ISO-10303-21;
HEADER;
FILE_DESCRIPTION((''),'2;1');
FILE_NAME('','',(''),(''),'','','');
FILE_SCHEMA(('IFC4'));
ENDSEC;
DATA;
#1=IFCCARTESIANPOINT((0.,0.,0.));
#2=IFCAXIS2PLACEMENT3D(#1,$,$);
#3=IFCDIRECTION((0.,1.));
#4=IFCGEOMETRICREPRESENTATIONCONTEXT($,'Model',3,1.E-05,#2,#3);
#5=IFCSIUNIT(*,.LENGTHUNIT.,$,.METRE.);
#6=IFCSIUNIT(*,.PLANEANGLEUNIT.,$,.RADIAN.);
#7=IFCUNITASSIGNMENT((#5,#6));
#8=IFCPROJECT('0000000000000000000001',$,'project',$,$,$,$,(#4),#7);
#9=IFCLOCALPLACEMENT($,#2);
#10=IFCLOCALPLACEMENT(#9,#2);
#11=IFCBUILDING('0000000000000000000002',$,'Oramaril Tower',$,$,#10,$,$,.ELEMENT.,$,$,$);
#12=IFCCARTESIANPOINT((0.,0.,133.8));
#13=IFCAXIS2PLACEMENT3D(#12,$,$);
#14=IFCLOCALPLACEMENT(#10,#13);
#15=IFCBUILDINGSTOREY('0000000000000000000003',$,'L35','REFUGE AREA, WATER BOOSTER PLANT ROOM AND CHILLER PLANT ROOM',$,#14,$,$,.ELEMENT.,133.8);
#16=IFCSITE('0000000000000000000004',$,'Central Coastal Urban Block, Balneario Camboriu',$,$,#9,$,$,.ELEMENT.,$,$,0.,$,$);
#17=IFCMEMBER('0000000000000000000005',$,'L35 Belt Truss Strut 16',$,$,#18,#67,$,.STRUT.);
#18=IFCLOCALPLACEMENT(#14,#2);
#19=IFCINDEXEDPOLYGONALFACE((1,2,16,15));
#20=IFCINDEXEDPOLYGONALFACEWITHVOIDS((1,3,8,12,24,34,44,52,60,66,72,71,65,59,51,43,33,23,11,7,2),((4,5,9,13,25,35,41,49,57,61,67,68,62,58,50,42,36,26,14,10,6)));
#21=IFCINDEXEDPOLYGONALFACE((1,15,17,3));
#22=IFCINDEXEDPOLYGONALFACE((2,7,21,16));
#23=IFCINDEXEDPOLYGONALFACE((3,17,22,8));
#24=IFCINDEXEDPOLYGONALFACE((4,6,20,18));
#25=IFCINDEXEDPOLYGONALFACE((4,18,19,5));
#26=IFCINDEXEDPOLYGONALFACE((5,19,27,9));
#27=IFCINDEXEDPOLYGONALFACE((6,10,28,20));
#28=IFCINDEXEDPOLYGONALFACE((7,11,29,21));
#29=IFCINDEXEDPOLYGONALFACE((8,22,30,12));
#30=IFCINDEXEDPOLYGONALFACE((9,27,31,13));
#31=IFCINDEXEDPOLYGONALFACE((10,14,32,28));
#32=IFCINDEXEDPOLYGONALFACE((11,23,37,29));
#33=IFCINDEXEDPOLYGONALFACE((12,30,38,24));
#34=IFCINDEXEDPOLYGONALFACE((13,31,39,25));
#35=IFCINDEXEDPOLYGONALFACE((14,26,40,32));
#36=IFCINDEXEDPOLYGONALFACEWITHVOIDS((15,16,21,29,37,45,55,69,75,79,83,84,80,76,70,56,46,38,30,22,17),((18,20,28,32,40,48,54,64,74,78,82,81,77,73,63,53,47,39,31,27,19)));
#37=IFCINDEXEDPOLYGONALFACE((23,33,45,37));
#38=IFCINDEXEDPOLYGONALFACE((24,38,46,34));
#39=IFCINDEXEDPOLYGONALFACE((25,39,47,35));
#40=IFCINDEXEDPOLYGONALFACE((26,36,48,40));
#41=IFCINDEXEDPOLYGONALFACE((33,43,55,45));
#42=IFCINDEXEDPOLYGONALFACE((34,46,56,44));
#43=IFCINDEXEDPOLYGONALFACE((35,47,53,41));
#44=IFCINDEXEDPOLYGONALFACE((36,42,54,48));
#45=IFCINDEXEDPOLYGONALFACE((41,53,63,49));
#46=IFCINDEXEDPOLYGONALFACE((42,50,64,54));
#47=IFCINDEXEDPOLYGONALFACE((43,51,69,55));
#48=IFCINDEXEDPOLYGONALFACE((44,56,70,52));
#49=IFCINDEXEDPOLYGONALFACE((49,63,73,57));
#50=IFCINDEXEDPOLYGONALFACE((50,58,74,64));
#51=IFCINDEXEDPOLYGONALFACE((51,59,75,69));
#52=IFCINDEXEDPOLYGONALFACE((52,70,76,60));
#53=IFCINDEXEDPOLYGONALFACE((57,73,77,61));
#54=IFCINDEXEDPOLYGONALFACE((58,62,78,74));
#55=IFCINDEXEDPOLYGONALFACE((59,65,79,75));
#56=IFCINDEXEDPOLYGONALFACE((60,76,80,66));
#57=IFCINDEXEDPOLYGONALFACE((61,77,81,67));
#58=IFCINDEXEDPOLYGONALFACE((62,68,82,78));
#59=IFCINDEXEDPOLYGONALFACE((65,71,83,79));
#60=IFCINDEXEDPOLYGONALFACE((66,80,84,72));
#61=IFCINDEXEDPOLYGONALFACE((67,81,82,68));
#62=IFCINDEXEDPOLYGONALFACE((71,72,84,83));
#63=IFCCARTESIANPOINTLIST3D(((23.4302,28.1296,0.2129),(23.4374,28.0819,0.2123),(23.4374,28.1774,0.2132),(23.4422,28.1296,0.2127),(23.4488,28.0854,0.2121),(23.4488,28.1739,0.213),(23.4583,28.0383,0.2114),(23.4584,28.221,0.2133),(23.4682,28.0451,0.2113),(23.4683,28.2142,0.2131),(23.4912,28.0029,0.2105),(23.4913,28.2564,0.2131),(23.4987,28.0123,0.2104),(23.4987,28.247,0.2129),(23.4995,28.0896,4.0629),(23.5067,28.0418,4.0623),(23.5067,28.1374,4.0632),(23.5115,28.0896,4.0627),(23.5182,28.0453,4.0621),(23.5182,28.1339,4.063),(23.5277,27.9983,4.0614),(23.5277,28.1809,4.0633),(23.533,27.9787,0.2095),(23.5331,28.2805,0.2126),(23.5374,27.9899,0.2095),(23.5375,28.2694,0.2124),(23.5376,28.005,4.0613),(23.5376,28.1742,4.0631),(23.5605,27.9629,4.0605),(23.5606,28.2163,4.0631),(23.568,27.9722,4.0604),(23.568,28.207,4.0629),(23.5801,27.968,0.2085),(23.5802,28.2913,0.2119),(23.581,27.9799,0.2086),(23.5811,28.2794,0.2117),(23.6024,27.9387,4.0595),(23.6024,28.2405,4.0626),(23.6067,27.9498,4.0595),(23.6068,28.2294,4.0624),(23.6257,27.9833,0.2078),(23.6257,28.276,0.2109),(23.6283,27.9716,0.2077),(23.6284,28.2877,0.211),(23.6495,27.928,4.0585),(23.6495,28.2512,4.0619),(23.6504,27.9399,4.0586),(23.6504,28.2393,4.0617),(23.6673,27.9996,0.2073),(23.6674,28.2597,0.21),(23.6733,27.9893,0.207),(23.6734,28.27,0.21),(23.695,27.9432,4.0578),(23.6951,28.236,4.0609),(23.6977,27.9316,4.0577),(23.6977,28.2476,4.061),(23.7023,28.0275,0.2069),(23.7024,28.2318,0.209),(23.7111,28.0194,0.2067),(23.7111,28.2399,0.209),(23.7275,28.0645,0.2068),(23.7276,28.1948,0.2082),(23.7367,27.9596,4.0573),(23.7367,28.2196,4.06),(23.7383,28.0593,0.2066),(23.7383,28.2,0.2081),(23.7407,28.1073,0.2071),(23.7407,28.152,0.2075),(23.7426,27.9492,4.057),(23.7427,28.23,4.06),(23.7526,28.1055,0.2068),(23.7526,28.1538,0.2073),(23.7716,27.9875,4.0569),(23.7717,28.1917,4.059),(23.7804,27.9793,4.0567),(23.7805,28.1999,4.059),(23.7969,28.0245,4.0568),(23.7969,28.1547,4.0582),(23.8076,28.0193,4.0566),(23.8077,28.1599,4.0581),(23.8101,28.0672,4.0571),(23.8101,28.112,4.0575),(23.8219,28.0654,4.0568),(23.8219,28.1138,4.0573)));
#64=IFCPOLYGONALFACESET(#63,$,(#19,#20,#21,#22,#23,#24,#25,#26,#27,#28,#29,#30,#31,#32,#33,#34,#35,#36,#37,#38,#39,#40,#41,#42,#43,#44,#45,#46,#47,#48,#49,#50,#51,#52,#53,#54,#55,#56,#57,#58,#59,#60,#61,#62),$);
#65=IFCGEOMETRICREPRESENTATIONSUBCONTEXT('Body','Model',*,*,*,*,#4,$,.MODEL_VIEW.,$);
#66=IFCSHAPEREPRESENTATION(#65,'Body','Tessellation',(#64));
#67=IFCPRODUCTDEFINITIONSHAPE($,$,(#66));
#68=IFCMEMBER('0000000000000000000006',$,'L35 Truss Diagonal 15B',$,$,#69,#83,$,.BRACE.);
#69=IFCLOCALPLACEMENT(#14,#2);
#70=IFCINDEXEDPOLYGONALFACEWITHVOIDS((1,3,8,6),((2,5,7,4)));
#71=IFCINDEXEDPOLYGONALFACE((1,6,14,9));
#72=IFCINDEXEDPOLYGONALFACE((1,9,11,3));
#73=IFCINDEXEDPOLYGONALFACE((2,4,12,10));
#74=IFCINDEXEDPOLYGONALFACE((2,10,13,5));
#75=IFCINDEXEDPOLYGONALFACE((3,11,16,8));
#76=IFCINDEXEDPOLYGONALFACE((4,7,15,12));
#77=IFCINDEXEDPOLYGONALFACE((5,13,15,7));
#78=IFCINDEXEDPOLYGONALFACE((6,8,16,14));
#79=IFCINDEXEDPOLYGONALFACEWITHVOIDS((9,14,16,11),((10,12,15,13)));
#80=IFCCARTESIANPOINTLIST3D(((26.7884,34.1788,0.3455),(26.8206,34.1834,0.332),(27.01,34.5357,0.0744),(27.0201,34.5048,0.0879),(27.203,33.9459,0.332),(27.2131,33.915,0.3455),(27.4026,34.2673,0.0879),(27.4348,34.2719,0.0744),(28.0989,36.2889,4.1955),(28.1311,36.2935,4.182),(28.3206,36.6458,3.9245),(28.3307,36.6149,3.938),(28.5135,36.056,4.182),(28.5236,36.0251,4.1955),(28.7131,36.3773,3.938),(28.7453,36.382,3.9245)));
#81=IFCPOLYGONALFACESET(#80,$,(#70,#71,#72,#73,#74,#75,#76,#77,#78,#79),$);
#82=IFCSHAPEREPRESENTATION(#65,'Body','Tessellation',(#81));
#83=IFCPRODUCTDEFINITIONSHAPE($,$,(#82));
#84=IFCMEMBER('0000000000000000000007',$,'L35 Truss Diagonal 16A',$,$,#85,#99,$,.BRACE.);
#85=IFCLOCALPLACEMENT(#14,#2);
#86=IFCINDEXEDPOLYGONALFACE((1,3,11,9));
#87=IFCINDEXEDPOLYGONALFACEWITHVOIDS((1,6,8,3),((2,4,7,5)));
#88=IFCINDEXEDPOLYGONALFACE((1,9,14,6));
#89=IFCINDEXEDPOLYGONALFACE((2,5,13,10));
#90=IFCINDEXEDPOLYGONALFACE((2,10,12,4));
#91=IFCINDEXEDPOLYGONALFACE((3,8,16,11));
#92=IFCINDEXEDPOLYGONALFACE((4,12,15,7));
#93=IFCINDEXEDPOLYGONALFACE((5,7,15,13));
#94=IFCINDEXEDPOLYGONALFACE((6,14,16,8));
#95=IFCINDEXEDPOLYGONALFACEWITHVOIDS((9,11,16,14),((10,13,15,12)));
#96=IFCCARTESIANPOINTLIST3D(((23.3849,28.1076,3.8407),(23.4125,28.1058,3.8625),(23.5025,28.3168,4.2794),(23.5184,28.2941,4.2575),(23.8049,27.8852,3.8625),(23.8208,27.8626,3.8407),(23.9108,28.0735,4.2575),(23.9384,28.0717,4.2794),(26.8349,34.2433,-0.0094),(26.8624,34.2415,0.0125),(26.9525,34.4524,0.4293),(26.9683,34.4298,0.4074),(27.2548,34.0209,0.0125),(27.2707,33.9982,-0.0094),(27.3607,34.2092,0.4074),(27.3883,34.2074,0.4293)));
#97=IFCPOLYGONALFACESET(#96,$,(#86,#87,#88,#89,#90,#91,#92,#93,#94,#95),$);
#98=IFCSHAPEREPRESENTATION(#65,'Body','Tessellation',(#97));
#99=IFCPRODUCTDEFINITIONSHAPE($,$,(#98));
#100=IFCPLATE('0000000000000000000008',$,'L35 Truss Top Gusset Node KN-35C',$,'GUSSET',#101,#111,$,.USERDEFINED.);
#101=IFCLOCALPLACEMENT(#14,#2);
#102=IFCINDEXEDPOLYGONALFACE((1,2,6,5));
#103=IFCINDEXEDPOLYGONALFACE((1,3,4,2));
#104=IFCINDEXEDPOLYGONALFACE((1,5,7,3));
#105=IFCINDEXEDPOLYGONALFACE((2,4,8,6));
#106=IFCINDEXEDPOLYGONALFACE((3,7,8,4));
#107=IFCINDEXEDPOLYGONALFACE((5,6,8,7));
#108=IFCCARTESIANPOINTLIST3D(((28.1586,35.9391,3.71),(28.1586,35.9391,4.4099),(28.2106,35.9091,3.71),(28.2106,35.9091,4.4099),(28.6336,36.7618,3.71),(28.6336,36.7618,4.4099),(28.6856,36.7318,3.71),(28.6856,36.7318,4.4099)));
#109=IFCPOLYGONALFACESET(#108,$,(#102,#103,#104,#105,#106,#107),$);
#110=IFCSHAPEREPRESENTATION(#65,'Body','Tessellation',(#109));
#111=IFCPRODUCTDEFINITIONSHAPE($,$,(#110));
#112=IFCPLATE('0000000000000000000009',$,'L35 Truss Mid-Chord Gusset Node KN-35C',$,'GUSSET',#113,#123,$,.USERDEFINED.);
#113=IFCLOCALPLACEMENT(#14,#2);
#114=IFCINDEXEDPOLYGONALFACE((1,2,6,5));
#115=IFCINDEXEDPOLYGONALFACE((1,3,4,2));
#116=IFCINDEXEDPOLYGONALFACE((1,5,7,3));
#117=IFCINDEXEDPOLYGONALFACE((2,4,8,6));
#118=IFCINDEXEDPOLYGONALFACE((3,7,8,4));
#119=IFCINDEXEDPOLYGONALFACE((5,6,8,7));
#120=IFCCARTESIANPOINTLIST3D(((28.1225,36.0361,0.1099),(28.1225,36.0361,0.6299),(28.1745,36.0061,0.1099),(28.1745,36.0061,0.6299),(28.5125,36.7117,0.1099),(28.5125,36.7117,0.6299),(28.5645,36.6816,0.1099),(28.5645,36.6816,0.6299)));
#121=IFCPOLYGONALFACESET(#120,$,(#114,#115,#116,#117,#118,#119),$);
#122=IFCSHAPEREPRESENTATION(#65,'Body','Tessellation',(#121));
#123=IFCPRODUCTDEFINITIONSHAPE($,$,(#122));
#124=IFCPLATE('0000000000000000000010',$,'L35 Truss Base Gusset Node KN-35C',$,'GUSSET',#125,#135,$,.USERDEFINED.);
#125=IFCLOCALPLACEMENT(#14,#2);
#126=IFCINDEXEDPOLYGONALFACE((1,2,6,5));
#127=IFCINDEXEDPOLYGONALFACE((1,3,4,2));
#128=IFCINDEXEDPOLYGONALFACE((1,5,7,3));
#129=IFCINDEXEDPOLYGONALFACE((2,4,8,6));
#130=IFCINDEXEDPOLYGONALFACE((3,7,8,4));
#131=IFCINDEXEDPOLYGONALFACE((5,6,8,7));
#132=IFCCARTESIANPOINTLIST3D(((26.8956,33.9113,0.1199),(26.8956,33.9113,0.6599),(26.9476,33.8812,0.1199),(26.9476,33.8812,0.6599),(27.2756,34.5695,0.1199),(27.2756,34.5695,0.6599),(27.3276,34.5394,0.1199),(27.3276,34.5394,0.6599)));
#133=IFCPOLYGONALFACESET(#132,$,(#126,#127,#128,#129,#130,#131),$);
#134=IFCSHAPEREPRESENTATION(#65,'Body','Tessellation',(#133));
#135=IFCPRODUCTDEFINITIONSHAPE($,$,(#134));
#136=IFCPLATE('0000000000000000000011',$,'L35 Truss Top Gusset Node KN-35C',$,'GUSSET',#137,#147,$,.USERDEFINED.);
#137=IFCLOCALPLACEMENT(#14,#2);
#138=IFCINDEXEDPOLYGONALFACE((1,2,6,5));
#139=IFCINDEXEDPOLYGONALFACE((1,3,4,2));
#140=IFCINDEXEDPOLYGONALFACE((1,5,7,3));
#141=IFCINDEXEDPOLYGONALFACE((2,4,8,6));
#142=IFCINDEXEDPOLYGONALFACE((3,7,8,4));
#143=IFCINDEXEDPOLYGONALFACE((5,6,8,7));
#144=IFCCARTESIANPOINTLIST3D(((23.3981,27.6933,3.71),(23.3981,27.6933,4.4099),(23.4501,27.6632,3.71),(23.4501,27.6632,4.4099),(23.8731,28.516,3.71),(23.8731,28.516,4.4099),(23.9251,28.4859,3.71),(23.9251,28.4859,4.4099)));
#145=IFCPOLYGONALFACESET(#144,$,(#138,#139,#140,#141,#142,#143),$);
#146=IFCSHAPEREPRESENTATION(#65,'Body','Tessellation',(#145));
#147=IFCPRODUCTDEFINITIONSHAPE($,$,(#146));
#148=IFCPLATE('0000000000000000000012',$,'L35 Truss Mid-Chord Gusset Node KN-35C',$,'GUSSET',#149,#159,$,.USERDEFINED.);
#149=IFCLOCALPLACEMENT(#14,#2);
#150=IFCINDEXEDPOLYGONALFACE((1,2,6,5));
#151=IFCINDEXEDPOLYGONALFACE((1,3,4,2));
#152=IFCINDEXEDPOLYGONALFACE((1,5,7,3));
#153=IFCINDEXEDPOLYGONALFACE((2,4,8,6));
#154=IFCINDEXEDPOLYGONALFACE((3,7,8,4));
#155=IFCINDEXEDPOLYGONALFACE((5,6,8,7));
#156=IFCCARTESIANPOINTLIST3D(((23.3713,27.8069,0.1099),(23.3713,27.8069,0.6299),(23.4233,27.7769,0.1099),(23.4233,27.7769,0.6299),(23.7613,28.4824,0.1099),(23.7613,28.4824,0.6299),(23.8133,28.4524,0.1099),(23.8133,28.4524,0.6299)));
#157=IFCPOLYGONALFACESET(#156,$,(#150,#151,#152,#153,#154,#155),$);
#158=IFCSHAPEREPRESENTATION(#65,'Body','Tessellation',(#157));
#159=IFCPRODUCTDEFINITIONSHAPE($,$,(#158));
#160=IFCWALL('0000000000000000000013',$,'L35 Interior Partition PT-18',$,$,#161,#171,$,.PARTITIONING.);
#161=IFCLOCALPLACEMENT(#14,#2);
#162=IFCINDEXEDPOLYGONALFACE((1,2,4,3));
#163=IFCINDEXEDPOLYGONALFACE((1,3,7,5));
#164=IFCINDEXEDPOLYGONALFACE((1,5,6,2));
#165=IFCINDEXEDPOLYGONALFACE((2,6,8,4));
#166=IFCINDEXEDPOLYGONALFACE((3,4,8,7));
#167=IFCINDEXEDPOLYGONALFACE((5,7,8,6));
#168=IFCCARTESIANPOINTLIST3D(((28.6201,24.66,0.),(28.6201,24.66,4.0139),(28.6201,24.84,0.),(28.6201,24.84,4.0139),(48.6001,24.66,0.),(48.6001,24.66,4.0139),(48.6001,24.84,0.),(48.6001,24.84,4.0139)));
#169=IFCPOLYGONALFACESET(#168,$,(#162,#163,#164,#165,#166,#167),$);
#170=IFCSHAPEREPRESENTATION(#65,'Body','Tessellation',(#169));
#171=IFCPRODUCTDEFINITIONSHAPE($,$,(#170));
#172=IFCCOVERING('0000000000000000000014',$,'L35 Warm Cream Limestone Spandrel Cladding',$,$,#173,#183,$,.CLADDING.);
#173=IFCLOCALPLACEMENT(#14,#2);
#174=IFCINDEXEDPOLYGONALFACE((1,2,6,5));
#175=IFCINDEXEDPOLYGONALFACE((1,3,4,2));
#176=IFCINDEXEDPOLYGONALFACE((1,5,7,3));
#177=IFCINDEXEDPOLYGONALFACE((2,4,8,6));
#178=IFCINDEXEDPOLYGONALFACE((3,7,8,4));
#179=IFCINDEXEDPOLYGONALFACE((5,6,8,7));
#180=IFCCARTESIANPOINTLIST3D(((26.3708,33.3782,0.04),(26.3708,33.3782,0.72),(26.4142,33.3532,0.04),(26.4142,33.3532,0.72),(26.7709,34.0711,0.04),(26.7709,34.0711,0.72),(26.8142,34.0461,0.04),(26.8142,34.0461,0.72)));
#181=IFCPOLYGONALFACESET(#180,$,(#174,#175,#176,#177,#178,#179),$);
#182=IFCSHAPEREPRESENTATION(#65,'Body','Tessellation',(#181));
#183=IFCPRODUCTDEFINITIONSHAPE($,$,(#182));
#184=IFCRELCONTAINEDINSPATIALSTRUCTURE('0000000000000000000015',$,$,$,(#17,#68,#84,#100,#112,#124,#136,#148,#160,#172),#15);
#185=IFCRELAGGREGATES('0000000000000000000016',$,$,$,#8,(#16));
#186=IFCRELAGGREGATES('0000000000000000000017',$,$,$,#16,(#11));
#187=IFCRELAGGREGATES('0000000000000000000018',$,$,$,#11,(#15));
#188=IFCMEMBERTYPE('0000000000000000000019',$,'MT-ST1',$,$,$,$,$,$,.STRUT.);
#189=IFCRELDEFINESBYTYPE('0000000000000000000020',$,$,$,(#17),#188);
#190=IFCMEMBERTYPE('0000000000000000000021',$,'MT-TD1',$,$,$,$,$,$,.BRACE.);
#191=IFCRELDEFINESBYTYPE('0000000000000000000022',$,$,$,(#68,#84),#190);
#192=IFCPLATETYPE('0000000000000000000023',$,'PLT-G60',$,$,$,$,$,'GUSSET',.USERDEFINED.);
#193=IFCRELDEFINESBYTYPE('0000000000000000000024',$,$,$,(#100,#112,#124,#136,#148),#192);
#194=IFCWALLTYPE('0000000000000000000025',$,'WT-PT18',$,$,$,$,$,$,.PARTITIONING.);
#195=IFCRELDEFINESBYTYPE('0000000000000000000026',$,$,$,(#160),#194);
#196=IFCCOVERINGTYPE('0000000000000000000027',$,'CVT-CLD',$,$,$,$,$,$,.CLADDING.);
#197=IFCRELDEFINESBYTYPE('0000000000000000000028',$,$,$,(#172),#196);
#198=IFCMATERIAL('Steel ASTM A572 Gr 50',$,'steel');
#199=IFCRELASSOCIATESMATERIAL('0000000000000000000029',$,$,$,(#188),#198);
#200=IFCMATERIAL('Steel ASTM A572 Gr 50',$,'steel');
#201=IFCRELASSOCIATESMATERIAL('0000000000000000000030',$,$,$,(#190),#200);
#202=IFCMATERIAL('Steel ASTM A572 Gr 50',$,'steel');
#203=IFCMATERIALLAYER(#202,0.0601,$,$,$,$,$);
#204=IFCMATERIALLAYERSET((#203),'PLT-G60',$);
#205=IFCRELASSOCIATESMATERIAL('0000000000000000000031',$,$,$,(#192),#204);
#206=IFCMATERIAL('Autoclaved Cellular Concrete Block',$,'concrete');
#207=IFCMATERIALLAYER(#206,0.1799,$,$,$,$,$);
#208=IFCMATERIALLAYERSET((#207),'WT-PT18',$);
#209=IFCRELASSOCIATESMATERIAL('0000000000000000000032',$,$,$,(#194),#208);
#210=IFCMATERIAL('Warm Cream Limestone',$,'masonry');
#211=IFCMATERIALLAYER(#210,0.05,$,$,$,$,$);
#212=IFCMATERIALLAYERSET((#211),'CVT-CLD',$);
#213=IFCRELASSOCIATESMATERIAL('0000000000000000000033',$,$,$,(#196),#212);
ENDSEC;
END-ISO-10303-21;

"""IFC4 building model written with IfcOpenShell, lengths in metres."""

from ifc_helpers import new_model, si_unit, direction, frame, frame_2d, origin, origin_2d, place, context, subcontext, project, spatial, rectangle, hollow_rectangle, hollow_circle, extrude, material, layer, layer_set, material_profile, profile_set, type_object, element, save


model = new_model("IFC4")

# Units and contexts
model_context = context("Model", 3, precision=1e-05, world=origin(), true_north=direction((0.0, 1.0)))
body_context = subcontext(model_context, "Body", "Model", "MODEL_VIEW")
ifc_project = project(units=[si_unit("LENGTHUNIT", "METRE"), si_unit("PLANEANGLEUNIT", "RADIAN")], contexts=[model_context])

# Site, building, storey
site_placement = place(None, origin())
site = spatial("IfcSite", under=ifc_project, at=site_placement, Name="Central Coastal Urban Block, Balneario Camboriu", CompositionType="ELEMENT", RefElevation=0.0)
building_placement = place(site_placement, origin())
building = spatial("IfcBuilding", under=site, at=building_placement, Name="Oramaril Tower", CompositionType="ELEMENT")
storey_placement = place(building_placement, frame((0.0, 0.0, 133.8)))
storey = spatial("IfcBuildingStorey", under=building, at=storey_placement, Name="L35", Description="REFUGE AREA, WATER BOOSTER PLANT ROOM AND CHILLER PLANT ROOM", CompositionType="ELEMENT", Elevation=133.8)

# Members
ifc_material_1 = material(Name="Steel ASTM A572 Gr 50", Category="steel")
ifc_material_profile_1 = material_profile(ifc_material_1, hollow_circle(Radius=0.1621, WallThickness=0.012, at=origin_2d()), Name="CHS324X12")
ifc_profile_set_1 = profile_set([ifc_material_profile_1], Name="Steel ASTM A572 Gr 50")
member_type_1 = type_object("IfcMemberType", Name="MT-ST1", PredefinedType="STRUT", material=ifc_profile_set_1)
member_1_placement = place(storey_placement, frame((23.5923, 28.1296, 0.21), z_axis=(0.018005, -0.010397, 0.999784), x_axis=(0.500074, 0.865982, 0.0)))
element("IfcMember", 1, at=member_1_placement, inside=storey, type_object=member_type_1, Name="L35 Belt Truss Strut 16", PredefinedType="STRUT", context=body_context, shape_type="SweptSolid", body=[
    extrude(hollow_circle(Radius=0.1621, WallThickness=0.012, at=origin_2d()), origin(), (0.0, 0.0, 1.0), 3.8508),
])
ifc_material_2 = material(Name="Steel ASTM A572 Gr 50", Category="steel")
ifc_material_profile_2 = material_profile(ifc_material_2, hollow_rectangle(XDim=0.5, YDim=0.5, WallThickness=0.0249, at=origin_2d()), Name="HSS500X500X25")
ifc_profile_set_2 = profile_set([ifc_material_profile_2], Name="Steel ASTM A572 Gr 50")
member_type_2 = type_object("IfcMemberType", Name="MT-TD1", PredefinedType="BRACE", material=ifc_profile_set_2)
member_2_placement = place(storey_placement, frame((27.1116, 34.2253, 0.21), z_axis=(0.28603, 0.460536, 0.840293), x_axis=(-0.849491, 0.527603, 0.0)))
element("IfcMember", 2, at=member_2_placement, inside=storey, type_object=member_type_2, Name="L35 Truss Diagonal 15B", PredefinedType="BRACE", context=body_context, shape_type="SweptSolid", body=[
    extrude(hollow_rectangle(XDim=0.5, YDim=0.5, WallThickness=0.0249, at=origin_2d()), origin(), (0.0, 0.0, 1.0), 4.5818),
])
member_3_placement = place(storey_placement, frame((27.1116, 34.2253, 0.21), z_axis=(-0.429994, -0.764744, 0.479867), x_axis=(0.871661, -0.49011, 0.0)))
element("IfcMember", 3, at=member_3_placement, inside=storey, type_object=member_type_2, Name="L35 Truss Diagonal 16A", PredefinedType="BRACE", context=body_context, shape_type="SweptSolid", body=[
    extrude(hollow_rectangle(XDim=0.5, YDim=0.5, WallThickness=0.0249, at=origin_2d()), origin(), (0.0, 0.0, 1.0), 8.0232),
])

# Plates
ifc_material_3 = material(Name="Steel ASTM A572 Gr 50", Category="steel")
ifc_layer_1 = layer(ifc_material_3, 0.0601)
ifc_layer_set_1 = layer_set([ifc_layer_1], Name="PLT-G60")
plate_type = type_object("IfcPlateType", Name="PLT-G60", ElementType="GUSSET", PredefinedType="USERDEFINED", material=ifc_layer_set_1)
plate_1_placement = place(storey_placement, frame((28.4221, 36.3354, 3.71), z_axis=(0.0, 0.0, 1.0), x_axis=(-0.499992, -0.86603, 0.0)))
element("IfcPlate", 4, at=plate_1_placement, inside=storey, type_object=plate_type, Name="L35 Truss Top Gusset Node KN-35C", ObjectType="GUSSET", PredefinedType="USERDEFINED", context=body_context, shape_type="SweptSolid", body=[
    extrude(rectangle(XDim=0.95, YDim=0.0601, at=origin_2d()), origin(), (0.0, 0.0, 1.0), 0.7),
])
plate_2_placement = place(storey_placement, frame((28.3435, 36.3589, 0.1099), z_axis=(0.0, 0.0, 1.0), x_axis=(-0.499992, -0.86603, 0.0)))
element("IfcPlate", 5, at=plate_2_placement, inside=storey, type_object=plate_type, Name="L35 Truss Mid-Chord Gusset Node KN-35C", ObjectType="GUSSET", PredefinedType="USERDEFINED", context=body_context, shape_type="SweptSolid", body=[
    extrude(rectangle(XDim=0.78, YDim=0.0601, at=origin_2d()), origin(), (0.0, 0.0, 1.0), 0.52),
])
plate_3_placement = place(storey_placement, frame((27.1116, 34.2253, 0.1199), z_axis=(0.0, 0.0, 1.0), x_axis=(-0.499992, -0.86603, 0.0)))
element("IfcPlate", 6, at=plate_3_placement, inside=storey, type_object=plate_type, Name="L35 Truss Base Gusset Node KN-35C", ObjectType="GUSSET", PredefinedType="USERDEFINED", context=body_context, shape_type="SweptSolid", body=[
    extrude(rectangle(XDim=0.76, YDim=0.0601, at=origin_2d()), origin(), (0.0, 0.0, 1.0), 0.54),
])
plate_4_placement = place(storey_placement, frame((23.6616, 28.0896, 3.71), z_axis=(0.0, 0.0, 1.0), x_axis=(-0.500003, -0.866024, 0.0)))
element("IfcPlate", 7, at=plate_4_placement, inside=storey, type_object=plate_type, Name="L35 Truss Top Gusset Node KN-35C", ObjectType="GUSSET", PredefinedType="USERDEFINED", context=body_context, shape_type="SweptSolid", body=[
    extrude(rectangle(XDim=0.95, YDim=0.0601, at=origin_2d()), origin(), (0.0, 0.0, 1.0), 0.7),
])
plate_5_placement = place(storey_placement, frame((23.5923, 28.1296, 0.1099), z_axis=(0.0, 0.0, 1.0), x_axis=(-0.500003, -0.866024, 0.0)))
element("IfcPlate", 8, at=plate_5_placement, inside=storey, type_object=plate_type, Name="L35 Truss Mid-Chord Gusset Node KN-35C", ObjectType="GUSSET", PredefinedType="USERDEFINED", context=body_context, shape_type="SweptSolid", body=[
    extrude(rectangle(XDim=0.78, YDim=0.0601, at=origin_2d()), origin(), (0.0, 0.0, 1.0), 0.52),
])

# Wall
ifc_material_4 = material(Name="Autoclaved Cellular Concrete Block", Category="concrete")
ifc_layer_2 = layer(ifc_material_4, 0.1799)
ifc_layer_set_2 = layer_set([ifc_layer_2], Name="WT-PT18")
wall_type_1 = type_object("IfcWallType", Name="WT-PT18", PredefinedType="PARTITIONING", material=ifc_layer_set_2)
wall_1_placement = place(storey_placement, frame((28.6201, 24.75, 0.0), z_axis=(0.0, 0.0, 1.0), x_axis=(1.0, 0.0, 0.0)))
element("IfcWall", 9, at=wall_1_placement, inside=storey, type_object=wall_type_1, Name="L35 Interior Partition PT-18", PredefinedType="PARTITIONING", context=body_context, shape_type="SweptSolid", body=[
    extrude(rectangle(XDim=19.98, YDim=0.1799, at=frame_2d((9.99, 0.0))), origin(), (0.0, 0.0, 1.0), 4.0139),
])

# Covering
ifc_material_5 = material(Name="Warm Cream Limestone", Category="masonry")
ifc_layer_3 = layer(ifc_material_5, 0.05)
ifc_layer_set_3 = layer_set([ifc_layer_3], Name="CVT-CLD")
covering_type = type_object("IfcCoveringType", Name="CVT-CLD", PredefinedType="CLADDING", material=ifc_layer_set_3)
covering_placement = place(storey_placement, frame((26.5925, 33.7122, 0.04), z_axis=(0.0, 0.0, 1.0), x_axis=(-0.500002, -0.866025, 0.0)))
element("IfcCovering", 10, at=covering_placement, inside=storey, type_object=covering_type, Name="L35 Warm Cream Limestone Spandrel Cladding", PredefinedType="CLADDING", context=body_context, shape_type="SweptSolid", body=[
    extrude(rectangle(XDim=0.8, YDim=0.05, at=origin_2d()), origin(), (0.0, 0.0, 1.0), 0.6799),
])

save(model, "model.ifc")
